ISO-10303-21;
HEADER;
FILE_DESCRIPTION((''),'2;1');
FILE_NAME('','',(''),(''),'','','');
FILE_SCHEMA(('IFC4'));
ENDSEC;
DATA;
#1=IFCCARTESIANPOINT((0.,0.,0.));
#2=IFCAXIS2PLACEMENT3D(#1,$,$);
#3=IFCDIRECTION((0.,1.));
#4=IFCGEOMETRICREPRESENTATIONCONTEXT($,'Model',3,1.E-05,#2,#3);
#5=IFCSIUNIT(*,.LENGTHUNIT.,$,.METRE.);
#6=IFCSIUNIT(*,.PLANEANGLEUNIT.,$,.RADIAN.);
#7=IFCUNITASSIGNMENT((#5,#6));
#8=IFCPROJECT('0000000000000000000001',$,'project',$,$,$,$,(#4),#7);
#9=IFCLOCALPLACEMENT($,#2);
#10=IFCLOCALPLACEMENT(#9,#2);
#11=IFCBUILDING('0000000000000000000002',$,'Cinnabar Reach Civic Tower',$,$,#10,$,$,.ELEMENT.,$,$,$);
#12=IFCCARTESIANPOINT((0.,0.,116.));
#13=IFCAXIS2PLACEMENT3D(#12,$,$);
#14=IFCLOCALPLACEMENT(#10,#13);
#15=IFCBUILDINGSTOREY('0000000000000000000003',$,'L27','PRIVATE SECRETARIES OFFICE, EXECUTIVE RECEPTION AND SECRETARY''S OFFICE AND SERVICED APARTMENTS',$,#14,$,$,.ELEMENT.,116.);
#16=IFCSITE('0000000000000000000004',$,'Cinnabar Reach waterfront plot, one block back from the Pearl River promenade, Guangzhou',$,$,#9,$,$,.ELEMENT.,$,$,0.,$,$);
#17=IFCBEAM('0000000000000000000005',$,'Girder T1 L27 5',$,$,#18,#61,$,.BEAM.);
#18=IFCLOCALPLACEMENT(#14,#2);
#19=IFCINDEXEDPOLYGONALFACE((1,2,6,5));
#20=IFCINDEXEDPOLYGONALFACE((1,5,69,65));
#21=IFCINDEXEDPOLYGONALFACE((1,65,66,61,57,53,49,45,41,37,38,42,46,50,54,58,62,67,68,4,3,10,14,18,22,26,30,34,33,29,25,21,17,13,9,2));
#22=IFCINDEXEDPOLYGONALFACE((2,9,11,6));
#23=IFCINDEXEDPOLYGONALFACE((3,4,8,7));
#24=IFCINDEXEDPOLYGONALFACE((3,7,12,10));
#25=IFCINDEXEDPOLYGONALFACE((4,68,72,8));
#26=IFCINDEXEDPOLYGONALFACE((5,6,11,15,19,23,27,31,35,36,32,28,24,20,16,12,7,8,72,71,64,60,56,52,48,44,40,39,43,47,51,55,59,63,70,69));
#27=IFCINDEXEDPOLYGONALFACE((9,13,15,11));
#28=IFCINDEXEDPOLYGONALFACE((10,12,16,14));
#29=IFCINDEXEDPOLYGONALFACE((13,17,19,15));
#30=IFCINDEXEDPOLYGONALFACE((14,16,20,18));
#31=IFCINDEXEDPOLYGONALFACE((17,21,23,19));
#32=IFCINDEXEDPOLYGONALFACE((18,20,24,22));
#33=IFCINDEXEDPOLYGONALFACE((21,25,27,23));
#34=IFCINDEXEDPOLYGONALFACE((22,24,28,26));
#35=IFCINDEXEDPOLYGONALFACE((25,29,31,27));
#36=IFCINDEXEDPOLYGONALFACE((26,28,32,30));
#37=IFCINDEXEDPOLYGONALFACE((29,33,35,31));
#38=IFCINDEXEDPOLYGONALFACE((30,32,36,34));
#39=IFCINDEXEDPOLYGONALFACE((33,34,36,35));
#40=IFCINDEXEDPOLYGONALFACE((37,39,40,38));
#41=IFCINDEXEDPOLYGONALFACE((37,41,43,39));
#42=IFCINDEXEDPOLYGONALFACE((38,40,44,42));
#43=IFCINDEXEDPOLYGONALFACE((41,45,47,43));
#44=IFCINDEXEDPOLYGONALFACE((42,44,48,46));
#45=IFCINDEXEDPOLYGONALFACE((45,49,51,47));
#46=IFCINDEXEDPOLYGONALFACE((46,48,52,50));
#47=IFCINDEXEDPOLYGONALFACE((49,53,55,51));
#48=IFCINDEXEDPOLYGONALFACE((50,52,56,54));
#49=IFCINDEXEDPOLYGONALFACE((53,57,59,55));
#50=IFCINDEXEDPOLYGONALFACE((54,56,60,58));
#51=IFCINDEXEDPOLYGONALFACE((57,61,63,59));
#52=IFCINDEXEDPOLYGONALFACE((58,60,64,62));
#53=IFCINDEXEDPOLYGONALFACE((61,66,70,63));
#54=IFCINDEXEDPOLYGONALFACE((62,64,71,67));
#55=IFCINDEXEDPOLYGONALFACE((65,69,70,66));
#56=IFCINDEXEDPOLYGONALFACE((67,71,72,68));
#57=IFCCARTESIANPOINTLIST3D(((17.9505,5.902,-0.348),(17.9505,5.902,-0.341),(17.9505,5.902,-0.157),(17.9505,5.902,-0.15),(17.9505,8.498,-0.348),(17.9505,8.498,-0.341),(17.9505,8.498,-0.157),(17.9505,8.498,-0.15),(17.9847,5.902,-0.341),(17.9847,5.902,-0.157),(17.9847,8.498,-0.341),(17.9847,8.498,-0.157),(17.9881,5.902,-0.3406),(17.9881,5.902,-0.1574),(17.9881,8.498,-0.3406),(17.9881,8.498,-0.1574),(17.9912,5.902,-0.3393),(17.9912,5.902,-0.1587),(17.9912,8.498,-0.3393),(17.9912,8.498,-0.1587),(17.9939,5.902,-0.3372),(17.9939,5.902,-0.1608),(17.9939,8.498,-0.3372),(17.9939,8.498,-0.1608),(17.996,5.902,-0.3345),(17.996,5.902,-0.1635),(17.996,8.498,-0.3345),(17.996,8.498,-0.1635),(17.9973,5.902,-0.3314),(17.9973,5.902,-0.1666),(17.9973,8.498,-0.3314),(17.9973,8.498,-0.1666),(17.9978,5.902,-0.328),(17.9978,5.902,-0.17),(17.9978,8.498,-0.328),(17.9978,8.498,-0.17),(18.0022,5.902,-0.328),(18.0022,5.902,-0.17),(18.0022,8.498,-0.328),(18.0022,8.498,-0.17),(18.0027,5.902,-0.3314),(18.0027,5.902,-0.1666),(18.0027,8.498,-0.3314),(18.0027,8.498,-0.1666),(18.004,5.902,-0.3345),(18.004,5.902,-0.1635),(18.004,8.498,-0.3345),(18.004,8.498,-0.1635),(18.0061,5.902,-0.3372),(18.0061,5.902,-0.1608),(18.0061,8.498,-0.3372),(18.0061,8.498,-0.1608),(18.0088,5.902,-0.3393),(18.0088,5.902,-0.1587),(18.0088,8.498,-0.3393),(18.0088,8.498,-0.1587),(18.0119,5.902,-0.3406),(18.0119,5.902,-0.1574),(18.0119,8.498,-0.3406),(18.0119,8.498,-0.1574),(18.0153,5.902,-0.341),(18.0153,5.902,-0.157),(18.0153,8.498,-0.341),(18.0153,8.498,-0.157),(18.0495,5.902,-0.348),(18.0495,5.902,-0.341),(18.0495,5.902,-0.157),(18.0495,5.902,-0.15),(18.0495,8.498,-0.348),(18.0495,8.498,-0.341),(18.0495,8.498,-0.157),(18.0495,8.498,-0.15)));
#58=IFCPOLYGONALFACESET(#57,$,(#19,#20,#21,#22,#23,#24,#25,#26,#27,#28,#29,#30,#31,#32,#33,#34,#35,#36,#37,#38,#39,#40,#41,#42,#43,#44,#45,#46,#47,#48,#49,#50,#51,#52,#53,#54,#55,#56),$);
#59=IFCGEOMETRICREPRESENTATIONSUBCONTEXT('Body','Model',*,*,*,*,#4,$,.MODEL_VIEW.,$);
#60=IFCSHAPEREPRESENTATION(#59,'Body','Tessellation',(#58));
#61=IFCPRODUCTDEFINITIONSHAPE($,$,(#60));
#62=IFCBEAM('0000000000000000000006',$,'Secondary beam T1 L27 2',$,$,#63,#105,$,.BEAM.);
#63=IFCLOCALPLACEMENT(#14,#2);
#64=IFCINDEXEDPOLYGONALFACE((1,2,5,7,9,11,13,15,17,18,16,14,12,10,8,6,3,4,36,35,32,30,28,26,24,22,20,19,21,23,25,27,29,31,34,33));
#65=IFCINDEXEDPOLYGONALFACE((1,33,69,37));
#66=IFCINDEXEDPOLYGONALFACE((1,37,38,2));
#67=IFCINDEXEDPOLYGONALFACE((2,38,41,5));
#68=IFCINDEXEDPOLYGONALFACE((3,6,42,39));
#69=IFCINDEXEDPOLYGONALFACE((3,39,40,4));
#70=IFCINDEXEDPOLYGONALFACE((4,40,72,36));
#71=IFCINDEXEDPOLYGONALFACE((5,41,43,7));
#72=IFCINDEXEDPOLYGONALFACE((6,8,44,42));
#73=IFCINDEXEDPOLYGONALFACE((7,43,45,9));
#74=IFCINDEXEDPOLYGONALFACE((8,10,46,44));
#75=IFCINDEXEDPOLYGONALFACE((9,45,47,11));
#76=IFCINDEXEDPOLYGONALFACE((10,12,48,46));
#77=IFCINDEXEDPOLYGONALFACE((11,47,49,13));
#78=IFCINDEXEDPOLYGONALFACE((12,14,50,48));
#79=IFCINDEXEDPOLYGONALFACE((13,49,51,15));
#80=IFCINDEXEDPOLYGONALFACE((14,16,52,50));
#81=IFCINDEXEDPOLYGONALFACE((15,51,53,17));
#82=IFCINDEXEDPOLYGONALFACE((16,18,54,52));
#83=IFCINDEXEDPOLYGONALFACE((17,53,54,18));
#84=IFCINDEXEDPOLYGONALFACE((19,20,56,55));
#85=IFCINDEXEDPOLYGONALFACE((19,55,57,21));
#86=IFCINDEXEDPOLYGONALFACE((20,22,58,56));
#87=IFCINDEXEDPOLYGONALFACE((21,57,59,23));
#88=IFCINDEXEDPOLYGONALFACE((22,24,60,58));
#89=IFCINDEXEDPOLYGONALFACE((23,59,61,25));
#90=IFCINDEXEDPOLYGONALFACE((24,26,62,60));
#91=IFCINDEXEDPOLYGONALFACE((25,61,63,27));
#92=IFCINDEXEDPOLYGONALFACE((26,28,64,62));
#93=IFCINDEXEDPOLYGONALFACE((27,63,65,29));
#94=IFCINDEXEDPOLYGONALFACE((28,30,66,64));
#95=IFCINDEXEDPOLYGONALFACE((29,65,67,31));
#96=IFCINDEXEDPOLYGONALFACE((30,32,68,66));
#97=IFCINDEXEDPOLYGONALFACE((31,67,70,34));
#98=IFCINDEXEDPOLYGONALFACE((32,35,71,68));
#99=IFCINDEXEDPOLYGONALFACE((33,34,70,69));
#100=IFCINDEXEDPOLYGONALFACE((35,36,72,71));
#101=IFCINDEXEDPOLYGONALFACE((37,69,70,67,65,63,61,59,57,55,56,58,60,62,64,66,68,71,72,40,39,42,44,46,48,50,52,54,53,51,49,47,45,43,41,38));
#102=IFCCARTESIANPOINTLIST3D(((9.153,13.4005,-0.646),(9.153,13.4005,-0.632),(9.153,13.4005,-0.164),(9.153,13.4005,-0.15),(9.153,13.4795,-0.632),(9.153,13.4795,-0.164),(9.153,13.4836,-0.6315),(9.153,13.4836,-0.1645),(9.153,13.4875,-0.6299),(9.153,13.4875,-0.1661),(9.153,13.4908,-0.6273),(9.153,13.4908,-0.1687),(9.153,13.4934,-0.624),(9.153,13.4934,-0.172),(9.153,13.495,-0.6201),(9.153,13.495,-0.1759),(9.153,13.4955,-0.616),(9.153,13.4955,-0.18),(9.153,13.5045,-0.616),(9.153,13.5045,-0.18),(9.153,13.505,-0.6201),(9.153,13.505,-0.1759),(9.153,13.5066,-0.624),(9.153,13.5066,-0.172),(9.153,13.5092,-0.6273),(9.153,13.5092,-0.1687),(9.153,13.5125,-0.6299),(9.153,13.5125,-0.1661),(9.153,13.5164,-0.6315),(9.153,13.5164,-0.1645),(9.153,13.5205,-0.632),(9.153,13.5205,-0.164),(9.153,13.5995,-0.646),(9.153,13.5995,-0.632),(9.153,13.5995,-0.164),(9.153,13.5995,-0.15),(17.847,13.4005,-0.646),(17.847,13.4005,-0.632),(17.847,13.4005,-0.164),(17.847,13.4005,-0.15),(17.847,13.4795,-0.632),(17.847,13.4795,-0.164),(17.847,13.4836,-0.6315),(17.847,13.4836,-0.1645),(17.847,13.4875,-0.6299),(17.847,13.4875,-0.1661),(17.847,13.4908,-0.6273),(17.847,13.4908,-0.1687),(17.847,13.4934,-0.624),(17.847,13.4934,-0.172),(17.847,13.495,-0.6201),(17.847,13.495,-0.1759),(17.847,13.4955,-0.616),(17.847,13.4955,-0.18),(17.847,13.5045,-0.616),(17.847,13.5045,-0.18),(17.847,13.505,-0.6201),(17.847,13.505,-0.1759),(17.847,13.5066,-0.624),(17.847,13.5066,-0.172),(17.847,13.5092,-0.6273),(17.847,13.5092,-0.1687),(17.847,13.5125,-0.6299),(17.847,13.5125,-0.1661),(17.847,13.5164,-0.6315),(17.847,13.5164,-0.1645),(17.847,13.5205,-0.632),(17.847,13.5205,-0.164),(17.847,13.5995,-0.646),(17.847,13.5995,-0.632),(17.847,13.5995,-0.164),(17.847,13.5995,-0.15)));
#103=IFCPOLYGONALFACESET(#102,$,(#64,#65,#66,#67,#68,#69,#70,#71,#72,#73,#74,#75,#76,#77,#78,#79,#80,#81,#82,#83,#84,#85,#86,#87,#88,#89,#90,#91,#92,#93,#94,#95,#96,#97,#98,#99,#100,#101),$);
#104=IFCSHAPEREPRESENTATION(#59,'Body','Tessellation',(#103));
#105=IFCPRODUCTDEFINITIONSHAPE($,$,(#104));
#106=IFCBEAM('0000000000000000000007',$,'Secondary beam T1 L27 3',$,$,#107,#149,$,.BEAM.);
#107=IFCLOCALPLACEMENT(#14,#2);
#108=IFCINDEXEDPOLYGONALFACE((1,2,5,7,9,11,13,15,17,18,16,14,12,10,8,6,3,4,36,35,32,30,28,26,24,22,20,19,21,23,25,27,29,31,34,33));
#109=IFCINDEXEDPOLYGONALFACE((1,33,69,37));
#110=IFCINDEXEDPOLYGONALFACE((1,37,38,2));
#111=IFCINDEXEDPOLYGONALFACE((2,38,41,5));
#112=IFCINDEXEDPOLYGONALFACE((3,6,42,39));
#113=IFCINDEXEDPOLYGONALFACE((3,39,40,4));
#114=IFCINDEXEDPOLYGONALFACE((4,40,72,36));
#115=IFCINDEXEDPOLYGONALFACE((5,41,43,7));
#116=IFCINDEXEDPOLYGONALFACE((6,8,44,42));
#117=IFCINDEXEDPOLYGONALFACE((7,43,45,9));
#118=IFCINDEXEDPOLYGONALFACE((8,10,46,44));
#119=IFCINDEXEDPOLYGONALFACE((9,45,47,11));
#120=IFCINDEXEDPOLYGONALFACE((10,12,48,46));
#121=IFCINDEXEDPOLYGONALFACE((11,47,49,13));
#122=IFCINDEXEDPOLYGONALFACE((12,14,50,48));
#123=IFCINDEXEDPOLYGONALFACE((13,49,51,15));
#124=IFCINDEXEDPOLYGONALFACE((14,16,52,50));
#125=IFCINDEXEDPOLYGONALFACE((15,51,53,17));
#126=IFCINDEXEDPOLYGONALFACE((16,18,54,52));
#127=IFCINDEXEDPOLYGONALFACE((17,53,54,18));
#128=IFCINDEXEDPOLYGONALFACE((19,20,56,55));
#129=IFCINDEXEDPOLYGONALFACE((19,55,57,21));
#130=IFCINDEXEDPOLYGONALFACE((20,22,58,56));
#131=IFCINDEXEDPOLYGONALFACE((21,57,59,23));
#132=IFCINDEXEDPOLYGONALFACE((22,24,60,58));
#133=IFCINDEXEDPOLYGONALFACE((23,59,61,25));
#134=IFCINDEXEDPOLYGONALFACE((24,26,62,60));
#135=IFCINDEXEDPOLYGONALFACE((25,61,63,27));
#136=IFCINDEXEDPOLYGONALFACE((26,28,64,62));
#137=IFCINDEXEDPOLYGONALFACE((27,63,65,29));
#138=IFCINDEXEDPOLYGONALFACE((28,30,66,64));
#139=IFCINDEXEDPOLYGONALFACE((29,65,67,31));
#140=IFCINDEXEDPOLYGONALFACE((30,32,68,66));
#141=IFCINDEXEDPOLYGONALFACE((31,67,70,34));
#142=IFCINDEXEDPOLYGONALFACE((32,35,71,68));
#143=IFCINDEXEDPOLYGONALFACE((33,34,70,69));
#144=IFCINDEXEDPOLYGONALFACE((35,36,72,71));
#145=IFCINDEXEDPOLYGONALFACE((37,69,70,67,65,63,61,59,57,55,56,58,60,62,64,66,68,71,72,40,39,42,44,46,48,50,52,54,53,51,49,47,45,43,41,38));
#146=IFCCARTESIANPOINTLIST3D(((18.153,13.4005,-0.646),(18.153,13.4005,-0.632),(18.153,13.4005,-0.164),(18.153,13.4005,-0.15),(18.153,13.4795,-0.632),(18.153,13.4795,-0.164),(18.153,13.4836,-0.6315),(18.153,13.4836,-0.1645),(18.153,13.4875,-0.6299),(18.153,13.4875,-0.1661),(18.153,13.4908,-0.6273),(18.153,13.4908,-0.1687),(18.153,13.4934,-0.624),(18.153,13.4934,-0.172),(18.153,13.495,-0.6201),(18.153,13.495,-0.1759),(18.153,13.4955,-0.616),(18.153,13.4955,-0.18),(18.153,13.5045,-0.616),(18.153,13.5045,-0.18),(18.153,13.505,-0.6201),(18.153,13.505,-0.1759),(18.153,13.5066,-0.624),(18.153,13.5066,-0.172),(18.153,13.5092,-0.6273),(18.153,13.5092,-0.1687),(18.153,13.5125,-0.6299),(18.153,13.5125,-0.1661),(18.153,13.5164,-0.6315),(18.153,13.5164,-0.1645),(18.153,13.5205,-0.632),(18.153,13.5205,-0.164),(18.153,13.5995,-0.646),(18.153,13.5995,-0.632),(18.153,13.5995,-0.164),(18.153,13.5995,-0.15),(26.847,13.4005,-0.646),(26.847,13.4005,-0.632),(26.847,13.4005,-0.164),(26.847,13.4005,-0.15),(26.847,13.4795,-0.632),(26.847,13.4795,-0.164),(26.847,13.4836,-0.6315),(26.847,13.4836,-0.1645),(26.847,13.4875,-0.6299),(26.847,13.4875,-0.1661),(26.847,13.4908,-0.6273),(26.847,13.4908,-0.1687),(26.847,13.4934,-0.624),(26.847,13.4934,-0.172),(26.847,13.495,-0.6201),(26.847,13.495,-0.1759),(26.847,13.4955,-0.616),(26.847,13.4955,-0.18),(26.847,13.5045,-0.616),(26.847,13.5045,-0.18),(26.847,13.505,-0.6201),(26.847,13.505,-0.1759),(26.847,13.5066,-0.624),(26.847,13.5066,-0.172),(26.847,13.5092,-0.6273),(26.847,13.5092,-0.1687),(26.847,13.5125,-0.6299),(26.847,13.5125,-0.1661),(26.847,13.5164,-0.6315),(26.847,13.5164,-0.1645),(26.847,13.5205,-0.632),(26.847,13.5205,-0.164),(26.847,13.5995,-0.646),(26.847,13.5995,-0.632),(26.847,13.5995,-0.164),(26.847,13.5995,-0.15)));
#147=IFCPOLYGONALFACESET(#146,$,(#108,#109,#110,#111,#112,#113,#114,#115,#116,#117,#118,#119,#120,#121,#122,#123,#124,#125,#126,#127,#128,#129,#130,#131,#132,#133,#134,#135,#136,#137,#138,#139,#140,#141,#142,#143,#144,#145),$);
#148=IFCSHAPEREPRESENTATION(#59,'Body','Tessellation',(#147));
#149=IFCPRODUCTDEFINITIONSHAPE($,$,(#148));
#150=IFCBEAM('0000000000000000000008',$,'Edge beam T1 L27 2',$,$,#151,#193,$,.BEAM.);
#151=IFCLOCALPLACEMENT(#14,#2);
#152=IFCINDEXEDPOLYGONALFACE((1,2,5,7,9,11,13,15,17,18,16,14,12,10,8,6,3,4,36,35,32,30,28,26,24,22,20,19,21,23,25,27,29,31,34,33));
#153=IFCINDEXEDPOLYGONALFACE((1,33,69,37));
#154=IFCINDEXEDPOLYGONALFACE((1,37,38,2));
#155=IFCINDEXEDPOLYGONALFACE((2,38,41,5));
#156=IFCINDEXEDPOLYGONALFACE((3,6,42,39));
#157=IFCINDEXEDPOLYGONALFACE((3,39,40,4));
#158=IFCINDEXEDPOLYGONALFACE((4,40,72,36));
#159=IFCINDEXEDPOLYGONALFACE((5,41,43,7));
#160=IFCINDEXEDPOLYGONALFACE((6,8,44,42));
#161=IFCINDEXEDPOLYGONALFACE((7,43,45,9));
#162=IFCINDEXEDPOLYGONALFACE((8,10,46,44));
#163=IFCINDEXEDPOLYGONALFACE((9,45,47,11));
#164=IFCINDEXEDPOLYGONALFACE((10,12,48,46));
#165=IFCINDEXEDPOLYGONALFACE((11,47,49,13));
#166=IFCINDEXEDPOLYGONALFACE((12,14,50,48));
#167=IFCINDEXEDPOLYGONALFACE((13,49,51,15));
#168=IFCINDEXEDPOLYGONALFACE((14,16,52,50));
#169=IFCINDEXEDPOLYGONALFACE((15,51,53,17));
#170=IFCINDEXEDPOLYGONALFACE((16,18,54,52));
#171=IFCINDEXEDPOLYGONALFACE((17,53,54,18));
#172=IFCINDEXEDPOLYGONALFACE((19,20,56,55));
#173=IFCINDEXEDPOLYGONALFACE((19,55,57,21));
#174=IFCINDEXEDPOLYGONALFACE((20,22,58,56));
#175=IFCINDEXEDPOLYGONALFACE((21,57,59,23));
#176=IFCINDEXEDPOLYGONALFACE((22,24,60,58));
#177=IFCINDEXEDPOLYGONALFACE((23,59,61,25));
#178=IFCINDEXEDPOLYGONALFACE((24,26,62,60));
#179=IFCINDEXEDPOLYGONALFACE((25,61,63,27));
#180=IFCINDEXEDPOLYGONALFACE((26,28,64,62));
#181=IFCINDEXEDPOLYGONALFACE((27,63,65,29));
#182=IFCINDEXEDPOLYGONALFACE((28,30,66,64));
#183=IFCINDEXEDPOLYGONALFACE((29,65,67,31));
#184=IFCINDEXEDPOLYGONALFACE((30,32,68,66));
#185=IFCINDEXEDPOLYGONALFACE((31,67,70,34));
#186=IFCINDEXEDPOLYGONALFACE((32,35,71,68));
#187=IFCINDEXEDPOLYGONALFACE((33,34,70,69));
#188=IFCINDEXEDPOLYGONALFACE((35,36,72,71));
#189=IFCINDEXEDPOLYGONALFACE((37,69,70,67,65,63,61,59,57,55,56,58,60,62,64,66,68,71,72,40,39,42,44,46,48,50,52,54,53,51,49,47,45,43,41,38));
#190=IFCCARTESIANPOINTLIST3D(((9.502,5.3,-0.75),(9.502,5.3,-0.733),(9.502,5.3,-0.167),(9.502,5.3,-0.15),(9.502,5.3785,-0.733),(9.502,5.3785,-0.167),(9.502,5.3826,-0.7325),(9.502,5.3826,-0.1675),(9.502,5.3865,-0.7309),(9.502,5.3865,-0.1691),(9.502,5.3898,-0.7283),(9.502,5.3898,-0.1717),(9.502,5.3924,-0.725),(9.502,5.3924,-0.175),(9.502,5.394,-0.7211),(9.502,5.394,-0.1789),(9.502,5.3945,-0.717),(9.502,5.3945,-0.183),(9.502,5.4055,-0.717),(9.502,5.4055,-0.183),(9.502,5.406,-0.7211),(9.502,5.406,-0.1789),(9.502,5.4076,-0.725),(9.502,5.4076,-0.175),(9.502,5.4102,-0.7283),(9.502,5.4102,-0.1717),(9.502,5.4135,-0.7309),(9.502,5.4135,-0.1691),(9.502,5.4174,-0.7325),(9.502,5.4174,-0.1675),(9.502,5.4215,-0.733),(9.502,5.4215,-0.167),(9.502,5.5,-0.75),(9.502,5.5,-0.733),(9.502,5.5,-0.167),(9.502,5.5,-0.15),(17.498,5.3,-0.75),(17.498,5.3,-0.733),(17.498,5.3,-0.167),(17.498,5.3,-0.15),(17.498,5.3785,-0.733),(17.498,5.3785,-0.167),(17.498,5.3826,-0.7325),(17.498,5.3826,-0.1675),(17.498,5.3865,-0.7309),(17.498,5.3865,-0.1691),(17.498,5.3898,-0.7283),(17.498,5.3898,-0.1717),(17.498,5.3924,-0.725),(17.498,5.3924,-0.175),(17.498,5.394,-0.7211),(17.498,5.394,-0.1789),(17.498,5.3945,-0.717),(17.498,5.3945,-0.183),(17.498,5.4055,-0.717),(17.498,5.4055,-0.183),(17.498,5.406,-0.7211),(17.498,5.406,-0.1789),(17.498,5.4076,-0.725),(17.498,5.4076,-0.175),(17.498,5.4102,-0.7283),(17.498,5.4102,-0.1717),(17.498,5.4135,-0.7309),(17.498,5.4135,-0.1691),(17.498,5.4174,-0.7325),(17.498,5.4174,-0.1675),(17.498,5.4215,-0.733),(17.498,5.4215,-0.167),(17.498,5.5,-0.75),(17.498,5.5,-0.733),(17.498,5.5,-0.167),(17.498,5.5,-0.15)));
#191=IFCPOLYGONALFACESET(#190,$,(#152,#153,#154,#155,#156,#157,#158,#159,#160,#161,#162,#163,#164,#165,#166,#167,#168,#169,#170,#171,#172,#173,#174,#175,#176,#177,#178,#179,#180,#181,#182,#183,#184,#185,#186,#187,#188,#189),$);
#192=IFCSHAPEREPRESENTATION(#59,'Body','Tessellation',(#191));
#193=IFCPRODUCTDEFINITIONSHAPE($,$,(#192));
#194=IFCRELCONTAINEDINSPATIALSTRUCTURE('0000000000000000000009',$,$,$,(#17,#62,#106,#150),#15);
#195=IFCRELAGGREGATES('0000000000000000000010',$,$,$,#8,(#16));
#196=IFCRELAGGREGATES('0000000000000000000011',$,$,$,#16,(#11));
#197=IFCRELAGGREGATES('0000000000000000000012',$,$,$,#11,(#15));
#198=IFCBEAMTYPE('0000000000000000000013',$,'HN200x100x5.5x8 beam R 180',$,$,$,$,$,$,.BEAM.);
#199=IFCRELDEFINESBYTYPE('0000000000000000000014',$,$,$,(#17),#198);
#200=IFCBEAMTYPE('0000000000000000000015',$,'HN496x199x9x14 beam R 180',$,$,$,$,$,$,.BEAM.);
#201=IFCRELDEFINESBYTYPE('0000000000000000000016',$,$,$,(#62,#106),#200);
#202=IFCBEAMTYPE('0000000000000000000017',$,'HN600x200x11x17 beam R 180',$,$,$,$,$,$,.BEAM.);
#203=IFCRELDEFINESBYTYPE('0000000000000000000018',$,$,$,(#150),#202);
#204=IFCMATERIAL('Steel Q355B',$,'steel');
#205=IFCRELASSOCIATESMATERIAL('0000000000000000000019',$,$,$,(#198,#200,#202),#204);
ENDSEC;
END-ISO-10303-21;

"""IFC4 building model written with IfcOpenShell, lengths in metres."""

from ifc_helpers import new_model, si_unit, direction, frame, origin, origin_2d, place, context, subcontext, project, spatial, i_section, extrude, material, material_profile, profile_set, type_object, element, save


model = new_model("IFC4")

# Units and contexts
model_context = context("Model", 3, precision=1e-05, world=origin(), true_north=direction((0.0, 1.0)))
body_context = subcontext(model_context, "Body", "Model", "MODEL_VIEW")
ifc_project = project(units=[si_unit("LENGTHUNIT", "METRE"), si_unit("PLANEANGLEUNIT", "RADIAN")], contexts=[model_context])

# Site, building, storey
site_placement = place(None, origin())
site = spatial("IfcSite", under=ifc_project, at=site_placement, Name="Cinnabar Reach waterfront plot, one block back from the Pearl River promenade, Guangzhou", CompositionType="ELEMENT", RefElevation=0.0)
building_placement = place(site_placement, origin())
building = spatial("IfcBuilding", under=site, at=building_placement, Name="Cinnabar Reach Civic Tower", CompositionType="ELEMENT")
storey_placement = place(building_placement, frame((0.0, 0.0, 116.0)))
storey = spatial("IfcBuildingStorey", under=building, at=storey_placement, Name="L27", Description="PRIVATE SECRETARIES OFFICE, EXECUTIVE RECEPTION AND SECRETARY'S OFFICE AND SERVICED APARTMENTS", CompositionType="ELEMENT", Elevation=116.0)

# Beams
ifc_material_1 = material(Name="Steel Q355B", Category="steel")
ifc_material_profile_1 = material_profile(ifc_material_1, i_section(OverallWidth=0.099, OverallDepth=0.198, WebThickness=0.0045, FlangeThickness=0.007, FilletRadius=0.013, at=origin_2d()), Name="HN200x100x5.5x8")
ifc_profile_set_1 = profile_set([ifc_material_profile_1], Name="Steel Q355B")
beam_type_1 = type_object("IfcBeamType", Name="HN200x100x5.5x8 beam R 180", PredefinedType="BEAM", material=ifc_profile_set_1)
for number, where, z_axis, x_axis, name in (
    (1, (18.0, 5.902, -0.249), (0.0, 1.0, 0.0), (-1.0, 0.0, 0.0), "Girder T1 L27 5"),
):
    element("IfcBeam", number, at=place(storey_placement, frame(where, z_axis=z_axis, x_axis=x_axis)), inside=storey, type_object=beam_type_1, Name=name, PredefinedType="BEAM", context=body_context, shape_type="SweptSolid", body=[
        extrude(i_section(OverallWidth=0.099, OverallDepth=0.198, WebThickness=0.0045, FlangeThickness=0.007, FilletRadius=0.013, at=origin_2d()), origin(), (0.0, 0.0, 1.0), 2.596),
    ])
ifc_material_profile_2 = material_profile(ifc_material_1, i_section(OverallWidth=0.199, OverallDepth=0.496, WebThickness=0.009, FlangeThickness=0.014, FilletRadius=0.016, at=origin_2d()), Name="HN496x199x9x14")
ifc_profile_set_2 = profile_set([ifc_material_profile_2], Name="Steel Q355B")
beam_type_2 = type_object("IfcBeamType", Name="HN496x199x9x14 beam R 180", PredefinedType="BEAM", material=ifc_profile_set_2)
for number, where, z_axis, x_axis, name in (
    (2, (9.153, 13.5, -0.398), (1.0, 0.0, 0.0), (0.0, 1.0, 0.0), "Secondary beam T1 L27 2"),
    (3, (18.153, 13.5, -0.398), (1.0, 0.0, 0.0), (0.0, 1.0, 0.0), "Secondary beam T1 L27 3"),
):
    element("IfcBeam", number, at=place(storey_placement, frame(where, z_axis=z_axis, x_axis=x_axis)), inside=storey, type_object=beam_type_2, Name=name, PredefinedType="BEAM", context=body_context, shape_type="SweptSolid", body=[
        extrude(i_section(OverallWidth=0.199, OverallDepth=0.496, WebThickness=0.009, FlangeThickness=0.014, FilletRadius=0.016, at=origin_2d()), origin(), (0.0, 0.0, 1.0), 8.694),
    ])
ifc_material_profile_3 = material_profile(ifc_material_1, i_section(OverallWidth=0.2, OverallDepth=0.6, WebThickness=0.011, FlangeThickness=0.017, FilletRadius=0.016, at=origin_2d()), Name="HN600x200x11x17")
ifc_profile_set_3 = profile_set([ifc_material_profile_3], Name="Steel Q355B")
beam_type_3 = type_object("IfcBeamType", Name="HN600x200x11x17 beam R 180", PredefinedType="BEAM", material=ifc_profile_set_3)
for number, where, z_axis, x_axis, name in (
    (4, (9.502, 5.4, -0.45), (1.0, 0.0, 0.0), (0.0, 1.0, 0.0), "Edge beam T1 L27 2"),
):
    element("IfcBeam", number, at=place(storey_placement, frame(where, z_axis=z_axis, x_axis=x_axis)), inside=storey, type_object=beam_type_3, Name=name, PredefinedType="BEAM", context=body_context, shape_type="SweptSolid", body=[
        extrude(i_section(OverallWidth=0.2, OverallDepth=0.6, WebThickness=0.011, FlangeThickness=0.017, FilletRadius=0.016, at=origin_2d()), origin(), (0.0, 0.0, 1.0), 7.996),
    ])

save(model, "model.ifc")
